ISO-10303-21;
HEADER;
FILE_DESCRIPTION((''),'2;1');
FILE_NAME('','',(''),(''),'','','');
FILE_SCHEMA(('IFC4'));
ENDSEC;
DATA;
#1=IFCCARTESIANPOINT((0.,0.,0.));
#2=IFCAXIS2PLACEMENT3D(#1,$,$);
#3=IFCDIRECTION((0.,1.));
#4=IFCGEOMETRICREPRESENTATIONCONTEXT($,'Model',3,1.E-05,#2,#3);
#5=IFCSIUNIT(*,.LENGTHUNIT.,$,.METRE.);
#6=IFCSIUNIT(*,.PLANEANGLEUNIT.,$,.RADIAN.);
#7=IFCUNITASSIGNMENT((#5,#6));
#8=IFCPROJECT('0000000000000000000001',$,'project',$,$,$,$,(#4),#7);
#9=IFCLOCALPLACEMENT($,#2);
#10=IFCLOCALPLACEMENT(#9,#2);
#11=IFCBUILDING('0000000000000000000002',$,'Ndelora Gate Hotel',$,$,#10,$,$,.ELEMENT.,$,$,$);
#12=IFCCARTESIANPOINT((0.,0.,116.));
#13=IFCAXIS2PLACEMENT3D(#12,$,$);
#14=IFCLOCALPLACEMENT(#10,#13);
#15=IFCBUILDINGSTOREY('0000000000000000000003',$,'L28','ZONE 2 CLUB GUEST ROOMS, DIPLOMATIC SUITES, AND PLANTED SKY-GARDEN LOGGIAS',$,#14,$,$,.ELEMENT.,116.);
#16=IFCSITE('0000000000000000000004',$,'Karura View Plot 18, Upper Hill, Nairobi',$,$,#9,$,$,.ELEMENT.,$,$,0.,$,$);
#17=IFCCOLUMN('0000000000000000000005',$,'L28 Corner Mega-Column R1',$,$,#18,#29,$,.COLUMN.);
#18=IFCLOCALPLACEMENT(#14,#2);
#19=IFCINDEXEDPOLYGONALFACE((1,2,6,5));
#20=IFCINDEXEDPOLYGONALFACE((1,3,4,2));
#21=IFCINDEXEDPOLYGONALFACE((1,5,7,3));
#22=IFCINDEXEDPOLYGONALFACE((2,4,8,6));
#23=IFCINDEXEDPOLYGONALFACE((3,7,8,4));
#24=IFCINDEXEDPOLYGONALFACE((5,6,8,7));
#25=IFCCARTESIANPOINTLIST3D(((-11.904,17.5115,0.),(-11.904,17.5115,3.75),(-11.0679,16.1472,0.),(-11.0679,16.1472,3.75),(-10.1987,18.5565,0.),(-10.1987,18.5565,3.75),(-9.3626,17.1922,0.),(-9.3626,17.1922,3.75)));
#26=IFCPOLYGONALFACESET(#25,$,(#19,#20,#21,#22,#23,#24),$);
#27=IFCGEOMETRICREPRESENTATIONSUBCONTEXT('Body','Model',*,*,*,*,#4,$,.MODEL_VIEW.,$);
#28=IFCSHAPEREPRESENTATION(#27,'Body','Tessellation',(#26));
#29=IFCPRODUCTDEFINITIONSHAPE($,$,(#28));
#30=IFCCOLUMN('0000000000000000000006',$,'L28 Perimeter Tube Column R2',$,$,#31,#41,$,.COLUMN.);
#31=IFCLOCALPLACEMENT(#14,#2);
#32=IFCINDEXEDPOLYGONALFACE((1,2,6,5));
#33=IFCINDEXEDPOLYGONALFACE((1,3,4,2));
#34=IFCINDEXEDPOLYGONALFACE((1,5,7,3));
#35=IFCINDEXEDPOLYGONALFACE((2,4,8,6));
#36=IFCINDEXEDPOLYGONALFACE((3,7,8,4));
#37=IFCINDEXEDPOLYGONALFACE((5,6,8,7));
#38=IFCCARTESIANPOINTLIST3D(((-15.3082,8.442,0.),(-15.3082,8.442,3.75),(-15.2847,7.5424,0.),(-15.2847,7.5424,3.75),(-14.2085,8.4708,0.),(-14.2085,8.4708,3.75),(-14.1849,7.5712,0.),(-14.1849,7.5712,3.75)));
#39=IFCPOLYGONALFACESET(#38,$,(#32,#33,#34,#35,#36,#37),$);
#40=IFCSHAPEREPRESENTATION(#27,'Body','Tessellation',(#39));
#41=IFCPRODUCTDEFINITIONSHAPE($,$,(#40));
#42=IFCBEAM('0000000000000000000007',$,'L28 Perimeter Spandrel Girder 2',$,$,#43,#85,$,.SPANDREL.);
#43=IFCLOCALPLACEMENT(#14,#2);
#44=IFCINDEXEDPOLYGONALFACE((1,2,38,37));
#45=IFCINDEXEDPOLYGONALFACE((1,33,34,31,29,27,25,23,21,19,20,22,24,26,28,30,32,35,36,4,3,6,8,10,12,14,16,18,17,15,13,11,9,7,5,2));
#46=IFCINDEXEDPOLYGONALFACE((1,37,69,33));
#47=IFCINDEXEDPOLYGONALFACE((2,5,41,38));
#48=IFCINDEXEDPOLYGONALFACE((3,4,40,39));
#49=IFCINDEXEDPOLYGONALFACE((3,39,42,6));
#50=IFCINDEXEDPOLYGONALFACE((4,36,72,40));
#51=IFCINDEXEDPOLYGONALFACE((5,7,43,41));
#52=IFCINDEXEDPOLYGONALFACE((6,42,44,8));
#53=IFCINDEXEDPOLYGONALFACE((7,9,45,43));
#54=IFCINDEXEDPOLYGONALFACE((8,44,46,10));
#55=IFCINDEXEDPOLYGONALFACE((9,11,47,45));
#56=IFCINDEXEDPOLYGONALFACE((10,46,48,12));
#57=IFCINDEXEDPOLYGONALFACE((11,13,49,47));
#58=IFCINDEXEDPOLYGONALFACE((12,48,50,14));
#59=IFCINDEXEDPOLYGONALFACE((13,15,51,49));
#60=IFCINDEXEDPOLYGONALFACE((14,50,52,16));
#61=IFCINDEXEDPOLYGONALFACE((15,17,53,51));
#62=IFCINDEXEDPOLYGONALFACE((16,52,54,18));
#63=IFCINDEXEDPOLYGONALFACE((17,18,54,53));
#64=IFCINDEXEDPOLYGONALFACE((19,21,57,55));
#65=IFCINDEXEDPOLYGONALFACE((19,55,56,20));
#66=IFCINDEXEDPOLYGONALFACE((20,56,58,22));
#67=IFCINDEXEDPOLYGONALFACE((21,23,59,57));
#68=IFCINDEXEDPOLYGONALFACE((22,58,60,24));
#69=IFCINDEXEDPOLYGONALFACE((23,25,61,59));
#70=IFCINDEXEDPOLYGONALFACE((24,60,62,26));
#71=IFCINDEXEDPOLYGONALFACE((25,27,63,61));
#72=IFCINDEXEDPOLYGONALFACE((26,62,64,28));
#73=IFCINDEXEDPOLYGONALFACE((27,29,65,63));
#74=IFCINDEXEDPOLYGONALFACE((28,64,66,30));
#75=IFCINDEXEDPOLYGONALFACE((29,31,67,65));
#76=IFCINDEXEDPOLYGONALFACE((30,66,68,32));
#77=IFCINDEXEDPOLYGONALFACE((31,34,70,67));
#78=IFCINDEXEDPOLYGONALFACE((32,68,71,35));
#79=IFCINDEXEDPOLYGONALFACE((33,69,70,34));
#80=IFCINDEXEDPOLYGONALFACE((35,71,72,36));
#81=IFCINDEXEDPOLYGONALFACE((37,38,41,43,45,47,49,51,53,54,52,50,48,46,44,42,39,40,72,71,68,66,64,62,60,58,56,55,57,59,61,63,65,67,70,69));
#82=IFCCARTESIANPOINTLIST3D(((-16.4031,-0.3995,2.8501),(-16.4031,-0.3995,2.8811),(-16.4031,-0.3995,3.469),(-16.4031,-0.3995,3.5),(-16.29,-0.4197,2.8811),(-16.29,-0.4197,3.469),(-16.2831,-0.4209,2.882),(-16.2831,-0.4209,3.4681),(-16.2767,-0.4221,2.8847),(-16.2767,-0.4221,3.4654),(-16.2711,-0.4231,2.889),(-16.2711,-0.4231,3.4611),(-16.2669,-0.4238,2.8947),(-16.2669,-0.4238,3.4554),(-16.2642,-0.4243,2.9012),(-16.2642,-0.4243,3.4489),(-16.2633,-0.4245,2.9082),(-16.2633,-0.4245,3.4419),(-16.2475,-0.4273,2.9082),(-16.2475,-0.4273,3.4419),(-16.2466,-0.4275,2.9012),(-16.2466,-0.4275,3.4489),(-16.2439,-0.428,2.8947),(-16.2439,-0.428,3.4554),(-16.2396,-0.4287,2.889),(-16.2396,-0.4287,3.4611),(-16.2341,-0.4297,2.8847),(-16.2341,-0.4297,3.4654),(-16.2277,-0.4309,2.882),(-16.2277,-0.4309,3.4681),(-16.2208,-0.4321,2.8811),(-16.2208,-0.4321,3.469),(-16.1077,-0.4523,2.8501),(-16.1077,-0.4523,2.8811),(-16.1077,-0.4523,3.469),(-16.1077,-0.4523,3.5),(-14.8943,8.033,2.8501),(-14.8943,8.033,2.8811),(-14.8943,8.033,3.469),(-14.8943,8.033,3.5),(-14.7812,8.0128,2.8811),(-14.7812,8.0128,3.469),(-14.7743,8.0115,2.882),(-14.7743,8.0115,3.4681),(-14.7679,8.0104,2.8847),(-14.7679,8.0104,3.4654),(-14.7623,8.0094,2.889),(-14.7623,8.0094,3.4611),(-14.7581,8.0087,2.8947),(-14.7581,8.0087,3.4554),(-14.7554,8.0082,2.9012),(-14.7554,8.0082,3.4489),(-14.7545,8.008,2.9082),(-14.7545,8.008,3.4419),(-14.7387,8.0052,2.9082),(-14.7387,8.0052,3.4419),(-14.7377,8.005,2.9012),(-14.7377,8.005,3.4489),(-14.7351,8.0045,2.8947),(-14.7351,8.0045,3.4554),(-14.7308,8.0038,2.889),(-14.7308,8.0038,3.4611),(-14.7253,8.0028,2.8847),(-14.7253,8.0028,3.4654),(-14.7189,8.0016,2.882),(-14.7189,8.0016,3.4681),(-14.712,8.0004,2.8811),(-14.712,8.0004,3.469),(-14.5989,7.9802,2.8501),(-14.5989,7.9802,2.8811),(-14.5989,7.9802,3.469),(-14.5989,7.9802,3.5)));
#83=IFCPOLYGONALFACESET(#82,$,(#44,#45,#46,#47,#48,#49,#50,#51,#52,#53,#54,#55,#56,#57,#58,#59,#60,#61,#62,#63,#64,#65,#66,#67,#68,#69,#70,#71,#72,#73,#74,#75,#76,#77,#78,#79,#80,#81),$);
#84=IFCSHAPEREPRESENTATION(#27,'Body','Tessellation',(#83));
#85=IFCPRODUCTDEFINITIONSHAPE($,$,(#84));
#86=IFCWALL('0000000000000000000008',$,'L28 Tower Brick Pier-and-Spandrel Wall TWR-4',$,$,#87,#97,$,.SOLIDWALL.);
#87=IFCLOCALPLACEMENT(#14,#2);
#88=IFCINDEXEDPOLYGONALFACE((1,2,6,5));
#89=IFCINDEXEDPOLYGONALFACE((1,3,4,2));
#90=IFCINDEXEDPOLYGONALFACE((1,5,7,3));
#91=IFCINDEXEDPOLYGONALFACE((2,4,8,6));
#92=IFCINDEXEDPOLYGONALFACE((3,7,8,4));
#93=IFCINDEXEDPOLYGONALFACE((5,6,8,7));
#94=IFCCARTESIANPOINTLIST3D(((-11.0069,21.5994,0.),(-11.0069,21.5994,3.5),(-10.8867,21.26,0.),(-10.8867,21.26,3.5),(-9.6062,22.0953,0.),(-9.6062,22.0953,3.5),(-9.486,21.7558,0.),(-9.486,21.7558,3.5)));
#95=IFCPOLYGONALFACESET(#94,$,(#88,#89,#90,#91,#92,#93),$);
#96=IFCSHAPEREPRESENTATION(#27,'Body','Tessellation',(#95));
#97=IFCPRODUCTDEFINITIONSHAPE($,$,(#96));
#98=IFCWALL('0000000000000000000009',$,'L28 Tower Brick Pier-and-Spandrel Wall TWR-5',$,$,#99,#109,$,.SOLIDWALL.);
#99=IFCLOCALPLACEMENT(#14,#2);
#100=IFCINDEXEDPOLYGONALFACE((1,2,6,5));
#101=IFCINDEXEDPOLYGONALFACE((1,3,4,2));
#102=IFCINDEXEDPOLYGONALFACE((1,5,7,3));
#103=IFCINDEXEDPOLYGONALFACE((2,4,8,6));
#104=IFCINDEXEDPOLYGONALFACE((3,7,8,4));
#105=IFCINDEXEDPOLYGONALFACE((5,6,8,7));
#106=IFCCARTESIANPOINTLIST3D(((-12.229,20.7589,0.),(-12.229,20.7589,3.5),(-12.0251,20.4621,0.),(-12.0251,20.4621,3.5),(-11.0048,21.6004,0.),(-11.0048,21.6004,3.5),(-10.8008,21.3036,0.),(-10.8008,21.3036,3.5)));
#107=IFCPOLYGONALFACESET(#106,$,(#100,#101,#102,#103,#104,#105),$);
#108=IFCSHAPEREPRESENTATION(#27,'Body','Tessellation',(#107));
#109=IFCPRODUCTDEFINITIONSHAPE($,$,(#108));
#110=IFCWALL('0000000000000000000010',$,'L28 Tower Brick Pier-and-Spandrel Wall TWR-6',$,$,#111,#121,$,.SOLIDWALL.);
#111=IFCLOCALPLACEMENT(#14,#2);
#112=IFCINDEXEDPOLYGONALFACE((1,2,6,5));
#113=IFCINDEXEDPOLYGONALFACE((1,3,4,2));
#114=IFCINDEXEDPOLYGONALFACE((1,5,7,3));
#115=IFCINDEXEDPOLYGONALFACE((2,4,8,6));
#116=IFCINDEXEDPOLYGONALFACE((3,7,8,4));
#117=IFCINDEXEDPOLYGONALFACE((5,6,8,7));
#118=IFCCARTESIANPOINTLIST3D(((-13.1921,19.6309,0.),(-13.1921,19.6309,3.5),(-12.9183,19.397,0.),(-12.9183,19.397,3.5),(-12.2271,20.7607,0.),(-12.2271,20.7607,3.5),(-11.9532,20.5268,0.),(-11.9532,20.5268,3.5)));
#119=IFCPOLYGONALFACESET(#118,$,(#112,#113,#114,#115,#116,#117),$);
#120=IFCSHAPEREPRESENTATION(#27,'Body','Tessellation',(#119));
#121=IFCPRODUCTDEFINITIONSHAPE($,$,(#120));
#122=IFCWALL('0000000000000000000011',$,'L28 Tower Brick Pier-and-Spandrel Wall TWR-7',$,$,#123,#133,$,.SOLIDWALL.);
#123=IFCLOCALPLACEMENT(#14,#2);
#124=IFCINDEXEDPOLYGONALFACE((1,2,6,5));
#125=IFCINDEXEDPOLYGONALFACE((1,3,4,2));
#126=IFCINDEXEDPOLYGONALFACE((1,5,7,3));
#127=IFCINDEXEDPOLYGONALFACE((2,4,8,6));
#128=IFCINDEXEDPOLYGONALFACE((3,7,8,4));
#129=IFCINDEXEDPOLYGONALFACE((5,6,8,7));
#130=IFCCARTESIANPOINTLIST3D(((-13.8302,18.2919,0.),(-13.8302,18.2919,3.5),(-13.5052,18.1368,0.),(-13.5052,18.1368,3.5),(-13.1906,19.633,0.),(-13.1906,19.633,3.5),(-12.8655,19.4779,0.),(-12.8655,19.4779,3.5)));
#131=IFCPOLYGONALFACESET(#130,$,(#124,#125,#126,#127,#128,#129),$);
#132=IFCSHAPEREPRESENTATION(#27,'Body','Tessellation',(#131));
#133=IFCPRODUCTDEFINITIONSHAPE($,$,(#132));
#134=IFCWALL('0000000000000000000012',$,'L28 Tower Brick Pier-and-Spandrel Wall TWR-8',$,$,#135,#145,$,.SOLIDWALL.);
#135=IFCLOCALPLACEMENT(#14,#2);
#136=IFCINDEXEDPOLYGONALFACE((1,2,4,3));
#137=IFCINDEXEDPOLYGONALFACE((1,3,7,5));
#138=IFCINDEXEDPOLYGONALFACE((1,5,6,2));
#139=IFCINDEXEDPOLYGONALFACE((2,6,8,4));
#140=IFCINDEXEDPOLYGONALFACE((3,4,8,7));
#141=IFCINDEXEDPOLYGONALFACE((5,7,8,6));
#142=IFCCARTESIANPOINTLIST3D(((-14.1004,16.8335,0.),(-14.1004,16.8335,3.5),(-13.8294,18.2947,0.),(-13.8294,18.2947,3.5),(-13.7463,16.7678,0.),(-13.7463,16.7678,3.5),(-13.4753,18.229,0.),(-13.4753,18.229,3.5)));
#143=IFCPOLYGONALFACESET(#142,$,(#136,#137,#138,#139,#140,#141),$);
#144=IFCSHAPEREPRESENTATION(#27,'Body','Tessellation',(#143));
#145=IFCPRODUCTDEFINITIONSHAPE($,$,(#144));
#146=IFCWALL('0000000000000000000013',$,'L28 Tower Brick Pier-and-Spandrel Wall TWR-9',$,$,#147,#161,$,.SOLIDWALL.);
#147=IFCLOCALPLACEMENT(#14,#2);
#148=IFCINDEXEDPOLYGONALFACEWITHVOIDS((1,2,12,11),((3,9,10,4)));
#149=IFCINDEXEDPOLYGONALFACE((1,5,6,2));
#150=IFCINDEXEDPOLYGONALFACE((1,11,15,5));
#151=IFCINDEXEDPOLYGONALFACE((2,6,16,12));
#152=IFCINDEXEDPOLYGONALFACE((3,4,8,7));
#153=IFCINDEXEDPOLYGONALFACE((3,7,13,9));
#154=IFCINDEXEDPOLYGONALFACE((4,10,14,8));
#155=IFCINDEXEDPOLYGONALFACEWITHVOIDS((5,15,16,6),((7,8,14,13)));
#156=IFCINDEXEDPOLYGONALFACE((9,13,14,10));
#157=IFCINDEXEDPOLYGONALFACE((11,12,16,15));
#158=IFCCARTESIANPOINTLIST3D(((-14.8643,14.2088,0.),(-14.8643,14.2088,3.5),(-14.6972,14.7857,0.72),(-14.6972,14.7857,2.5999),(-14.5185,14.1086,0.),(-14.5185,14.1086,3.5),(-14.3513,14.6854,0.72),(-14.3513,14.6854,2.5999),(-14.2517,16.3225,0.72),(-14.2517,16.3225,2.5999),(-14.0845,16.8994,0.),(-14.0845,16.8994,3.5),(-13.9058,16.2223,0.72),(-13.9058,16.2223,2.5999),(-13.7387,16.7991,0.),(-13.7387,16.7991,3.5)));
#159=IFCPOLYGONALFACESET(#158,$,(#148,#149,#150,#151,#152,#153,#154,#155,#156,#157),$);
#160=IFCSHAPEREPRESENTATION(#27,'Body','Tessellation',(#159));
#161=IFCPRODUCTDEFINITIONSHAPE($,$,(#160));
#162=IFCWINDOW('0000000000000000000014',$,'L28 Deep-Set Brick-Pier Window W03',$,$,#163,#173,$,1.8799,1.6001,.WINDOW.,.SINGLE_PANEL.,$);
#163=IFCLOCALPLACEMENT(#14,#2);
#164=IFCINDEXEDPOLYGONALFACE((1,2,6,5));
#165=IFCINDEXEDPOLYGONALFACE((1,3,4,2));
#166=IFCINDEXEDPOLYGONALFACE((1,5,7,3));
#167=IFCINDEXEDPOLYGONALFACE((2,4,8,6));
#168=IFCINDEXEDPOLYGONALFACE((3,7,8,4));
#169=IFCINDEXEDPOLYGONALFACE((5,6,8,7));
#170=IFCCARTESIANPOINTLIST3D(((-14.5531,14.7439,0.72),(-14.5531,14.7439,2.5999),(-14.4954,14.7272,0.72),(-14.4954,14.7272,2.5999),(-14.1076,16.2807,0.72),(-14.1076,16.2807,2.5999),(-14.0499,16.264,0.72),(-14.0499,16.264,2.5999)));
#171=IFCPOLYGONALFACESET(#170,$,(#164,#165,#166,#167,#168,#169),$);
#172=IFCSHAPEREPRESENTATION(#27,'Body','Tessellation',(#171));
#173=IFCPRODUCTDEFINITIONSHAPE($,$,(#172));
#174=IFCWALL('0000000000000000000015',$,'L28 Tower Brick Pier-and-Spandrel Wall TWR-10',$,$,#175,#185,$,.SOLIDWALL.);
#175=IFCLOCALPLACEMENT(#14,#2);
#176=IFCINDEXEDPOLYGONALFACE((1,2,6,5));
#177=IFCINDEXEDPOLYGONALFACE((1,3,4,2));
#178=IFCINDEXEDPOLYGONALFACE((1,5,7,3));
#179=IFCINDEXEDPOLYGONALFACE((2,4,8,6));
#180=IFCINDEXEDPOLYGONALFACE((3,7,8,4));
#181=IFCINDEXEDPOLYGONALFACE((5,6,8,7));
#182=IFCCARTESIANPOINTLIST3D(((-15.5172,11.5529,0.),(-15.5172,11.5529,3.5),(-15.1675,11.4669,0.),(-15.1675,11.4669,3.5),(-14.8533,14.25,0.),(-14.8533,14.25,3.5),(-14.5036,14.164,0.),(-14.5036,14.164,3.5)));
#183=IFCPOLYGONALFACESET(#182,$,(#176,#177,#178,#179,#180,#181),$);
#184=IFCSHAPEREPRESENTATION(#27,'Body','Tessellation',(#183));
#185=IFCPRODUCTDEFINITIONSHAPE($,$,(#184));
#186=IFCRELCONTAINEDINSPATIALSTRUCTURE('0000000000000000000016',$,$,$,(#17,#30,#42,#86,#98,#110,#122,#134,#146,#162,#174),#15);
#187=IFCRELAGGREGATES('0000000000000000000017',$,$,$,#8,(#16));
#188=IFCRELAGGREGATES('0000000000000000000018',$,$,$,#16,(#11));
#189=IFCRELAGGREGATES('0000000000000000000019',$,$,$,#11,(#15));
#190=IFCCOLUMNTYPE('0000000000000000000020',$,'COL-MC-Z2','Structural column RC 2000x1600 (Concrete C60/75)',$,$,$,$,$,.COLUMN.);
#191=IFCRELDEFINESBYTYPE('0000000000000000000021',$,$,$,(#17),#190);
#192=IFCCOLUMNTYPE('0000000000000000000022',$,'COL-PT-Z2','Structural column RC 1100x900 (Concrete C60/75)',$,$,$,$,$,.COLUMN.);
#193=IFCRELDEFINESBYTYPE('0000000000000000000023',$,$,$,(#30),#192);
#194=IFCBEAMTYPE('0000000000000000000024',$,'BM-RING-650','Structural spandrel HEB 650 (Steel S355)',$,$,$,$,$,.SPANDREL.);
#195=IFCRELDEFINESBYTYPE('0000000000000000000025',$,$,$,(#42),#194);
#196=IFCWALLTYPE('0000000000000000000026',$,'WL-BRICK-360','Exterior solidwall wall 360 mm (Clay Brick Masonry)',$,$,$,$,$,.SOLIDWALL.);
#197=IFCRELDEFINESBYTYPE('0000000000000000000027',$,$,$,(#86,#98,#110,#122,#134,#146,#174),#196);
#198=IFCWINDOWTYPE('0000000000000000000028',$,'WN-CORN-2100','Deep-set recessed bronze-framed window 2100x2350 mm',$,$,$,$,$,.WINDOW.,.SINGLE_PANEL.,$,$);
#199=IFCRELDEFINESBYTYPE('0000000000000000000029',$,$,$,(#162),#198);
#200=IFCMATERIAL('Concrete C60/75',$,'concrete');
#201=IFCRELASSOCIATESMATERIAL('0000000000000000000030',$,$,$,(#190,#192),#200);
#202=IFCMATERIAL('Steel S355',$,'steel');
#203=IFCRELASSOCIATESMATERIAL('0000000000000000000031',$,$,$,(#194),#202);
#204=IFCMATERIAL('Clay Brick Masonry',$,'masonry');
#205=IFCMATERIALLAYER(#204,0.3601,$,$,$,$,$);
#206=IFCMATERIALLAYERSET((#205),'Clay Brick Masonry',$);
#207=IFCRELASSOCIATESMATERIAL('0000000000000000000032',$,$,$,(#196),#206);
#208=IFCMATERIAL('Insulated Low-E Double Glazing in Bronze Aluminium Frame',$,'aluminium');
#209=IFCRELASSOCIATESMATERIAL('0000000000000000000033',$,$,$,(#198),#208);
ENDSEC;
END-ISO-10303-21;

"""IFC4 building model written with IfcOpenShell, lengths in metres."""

from ifc_helpers import new_model, si_unit, direction, frame, frame_2d, origin, origin_2d, place, context, subcontext, project, spatial, rectangle, i_section, extrude, material, layer, layer_set, material_profile, profile_set, type_object, element, fill, save


model = new_model("IFC4")

# Units and contexts
model_context = context("Model", 3, precision=1e-05, world=origin(), true_north=direction((0.0, 1.0)))
body_context = subcontext(model_context, "Body", "Model", "MODEL_VIEW")
ifc_project = project(units=[si_unit("LENGTHUNIT", "METRE"), si_unit("PLANEANGLEUNIT", "RADIAN")], contexts=[model_context])

# Site, building, storey
site_placement = place(None, origin())
site = spatial("IfcSite", under=ifc_project, at=site_placement, Name="Karura View Plot 18, Upper Hill, Nairobi", CompositionType="ELEMENT", RefElevation=0.0)
building_placement = place(site_placement, origin())
building = spatial("IfcBuilding", under=site, at=building_placement, Name="Ndelora Gate Hotel", CompositionType="ELEMENT")
storey_placement = place(building_placement, frame((0.0, 0.0, 116.0)))
storey = spatial("IfcBuildingStorey", under=building, at=storey_placement, Name="L28", Description="ZONE 2 CLUB GUEST ROOMS, DIPLOMATIC SUITES, AND PLANTED SKY-GARDEN LOGGIAS", CompositionType="ELEMENT", Elevation=116.0)

# Columns
ifc_material_1 = material(Name="Concrete C60/75", Category="concrete")
ifc_material_profile_1 = material_profile(ifc_material_1, rectangle(XDim=1.6001, YDim=2.0, at=origin_2d()), Name="RC 2000x1600")
ifc_profile_set_1 = profile_set([ifc_material_profile_1], Name="Concrete C60/75")
column_type_1 = type_object("IfcColumnType", Name="COL-MC-Z2", Description="Structural column RC 2000x1600 (Concrete C60/75)", PredefinedType="COLUMN", material=ifc_profile_set_1)
column_1_placement = place(storey_placement, frame((-10.6333, 17.3518, 0.0), z_axis=(0.0, 0.0, 1.0), x_axis=(-0.522499, 0.85264, 0.0)))
element("IfcColumn", 1, at=column_1_placement, inside=storey, type_object=column_type_1, Name="L28 Corner Mega-Column R1", PredefinedType="COLUMN", context=body_context, shape_type="SweptSolid", body=[
    extrude(rectangle(XDim=1.6001, YDim=2.0, at=origin_2d()), origin(), (0.0, 0.0, 1.0), 3.75),
])
ifc_material_profile_2 = material_profile(ifc_material_1, rectangle(XDim=0.8999, YDim=1.1001, at=origin_2d()), Name="RC 1100x900")
ifc_profile_set_2 = profile_set([ifc_material_profile_2], Name="Concrete C60/75")
column_type_2 = type_object("IfcColumnType", Name="COL-PT-Z2", Description="Structural column RC 1100x900 (Concrete C60/75)", PredefinedType="COLUMN", material=ifc_profile_set_2)
column_2_placement = place(storey_placement, frame((-14.7466, 8.0066, 0.0), z_axis=(0.0, 0.0, 1.0), x_axis=(-0.026177, 0.999657, 0.0)))
element("IfcColumn", 2, at=column_2_placement, inside=storey, type_object=column_type_2, Name="L28 Perimeter Tube Column R2", PredefinedType="COLUMN", context=body_context, shape_type="SweptSolid", body=[
    extrude(rectangle(XDim=0.8999, YDim=1.1001, at=origin_2d()), origin(), (0.0, 0.0, 1.0), 3.75),
])

# Beam
ifc_material_2 = material(Name="Steel S355", Category="steel")
ifc_material_profile_3 = material_profile(ifc_material_2, i_section(OverallWidth=0.3, OverallDepth=0.6499, WebThickness=0.0161, FlangeThickness=0.031, FilletRadius=0.0271, at=origin_2d()), Name="HEB 650")
ifc_profile_set_3 = profile_set([ifc_material_profile_3], Name="Steel S355")
beam_type = type_object("IfcBeamType", Name="BM-RING-650", Description="Structural spandrel HEB 650 (Steel S355)", PredefinedType="SPANDREL", material=ifc_profile_set_3)
beam_placement = place(storey_placement, frame((-14.7466, 8.0066, 3.175), z_axis=(-0.176131, -0.984367, 0.0), x_axis=(0.984367, -0.176131, 0.0)))
element("IfcBeam", 3, at=beam_placement, inside=storey, type_object=beam_type, Name="L28 Perimeter Spandrel Girder 2", PredefinedType="SPANDREL", context=body_context, shape_type="SweptSolid", body=[
    extrude(i_section(OverallWidth=0.3, OverallDepth=0.6499, WebThickness=0.0161, FlangeThickness=0.031, FilletRadius=0.0271, at=origin_2d()), origin(), (0.0, 0.0, 1.0), 8.5664),
])

# Walls
ifc_material_3 = material(Name="Clay Brick Masonry", Category="masonry")
ifc_layer_1 = layer(ifc_material_3, 0.3601)
ifc_layer_set_1 = layer_set([ifc_layer_1], Name="Clay Brick Masonry")
wall_type_1 = type_object("IfcWallType", Name="WL-BRICK-360", Description="Exterior solidwall wall 360 mm (Clay Brick Masonry)", PredefinedType="SOLIDWALL", material=ifc_layer_set_1)
wall_1_placement = place(storey_placement, frame((-10.9468, 21.4297, 0.0), z_axis=(0.0, 0.0, 1.0), x_axis=(0.942671, 0.333722, 0.0)))
element("IfcWall", 4, at=wall_1_placement, inside=storey, type_object=wall_type_1, Name="L28 Tower Brick Pier-and-Spandrel Wall TWR-4", PredefinedType="SOLIDWALL", context=body_context, shape_type="SweptSolid", body=[
    extrude(rectangle(XDim=1.4858, YDim=0.3601, at=frame_2d((0.7429, 0.0))), origin(), (0.0, 0.0, 1.0), 3.5),
])
wall_2_placement = place(storey_placement, frame((-12.127, 20.6106, 0.0), z_axis=(0.0, 0.0, 1.0), x_axis=(0.824104, 0.566438, 0.0)))
element("IfcWall", 5, at=wall_2_placement, inside=storey, type_object=wall_type_1, Name="L28 Tower Brick Pier-and-Spandrel Wall TWR-5", PredefinedType="SOLIDWALL", context=body_context, shape_type="SweptSolid", body=[
    extrude(rectangle(XDim=1.4856, YDim=0.3601, at=frame_2d((0.7427, 0.0))), origin(), (0.0, 0.0, 1.0), 3.5),
])
for number, where, z_axis, x_axis, name in (
    (6, (-13.0552, 19.5139, 0.0), (0.0, 0.0, 1.0), (0.649478, 0.76038, 0.0), "L28 Tower Brick Pier-and-Spandrel Wall TWR-6"),
    (7, (-13.6677, 18.2144, 0.0), (0.0, 0.0, 1.0), (0.430508, 0.902587, 0.0), "L28 Tower Brick Pier-and-Spandrel Wall TWR-7"),
):
    element("IfcWall", number, at=place(storey_placement, frame(where, z_axis=z_axis, x_axis=x_axis)), inside=storey, type_object=wall_type_1, Name=name, PredefinedType="SOLIDWALL", context=body_context, shape_type="SweptSolid", body=[
        extrude(rectangle(XDim=1.4858, YDim=0.3601, at=frame_2d((0.7429, 0.0))), origin(), (0.0, 0.0, 1.0), 3.5),
    ])
wall_3_placement = place(storey_placement, frame((-13.9233, 16.8005, 0.0), z_axis=(0.0, 0.0, 1.0), x_axis=(0.182354, 0.983233, 0.0)))
element("IfcWall", 8, at=wall_3_placement, inside=storey, type_object=wall_type_1, Name="L28 Tower Brick Pier-and-Spandrel Wall TWR-8", PredefinedType="SOLIDWALL", context=body_context, shape_type="SweptSolid", body=[
    extrude(rectangle(XDim=1.4861, YDim=0.3601, at=frame_2d((0.7432, 0.0))), origin(), (0.0, 0.0, 1.0), 3.5),
])

# Wall, opening, window
wall_4_placement = place(storey_placement, frame((-14.6914, 14.1587, 0.0), z_axis=(0.0, 0.0, 1.0), x_axis=(0.27838, 0.960471, 0.0)))
wall_4 = element("IfcWall", 9, at=wall_4_placement, inside=storey, type_object=wall_type_1, Name="L28 Tower Brick Pier-and-Spandrel Wall TWR-9", PredefinedType="SOLIDWALL", context=body_context, shape_type="SweptSolid", body=[
    extrude(rectangle(XDim=2.8013, YDim=0.3601, at=frame_2d((1.4006, 0.0))), origin(), (0.0, 0.0, 1.0), 3.5),
])
opening_1_placement = place(wall_4_placement, frame((0.6006, 0.0, 0.72)))
opening_1 = element("IfcOpeningElement", 10, at=opening_1_placement, cuts=wall_4, PredefinedType="OPENING", context=body_context, shape_type="SweptSolid", body=[
    extrude(rectangle(XDim=1.6001, YDim=1.8799, at=frame_2d((0.8, 0.9399))), frame((0.0, 0.1899, 0.0), z_axis=(0.0, -1.0, 0.0), x_axis=(1.0, 0.0, 0.0)), (0.0, 0.0, 1.0), 0.3801),
])
ifc_material_4 = material(Name="Insulated Low-E Double Glazing in Bronze Aluminium Frame", Category="aluminium")
window_type_1 = type_object("IfcWindowType", Name="WN-CORN-2100", Description="Deep-set recessed bronze-framed window 2100x2350 mm", PartitioningType="SINGLE_PANEL", PredefinedType="WINDOW", material=ifc_material_4)
window_1_placement = place(opening_1_placement, origin())
window_1 = element("IfcWindow", 11, at=window_1_placement, inside=storey, type_object=window_type_1, Name="L28 Deep-Set Brick-Pier Window W03", OverallHeight=1.8799, OverallWidth=1.6001, PartitioningType="SINGLE_PANEL", PredefinedType="WINDOW", context=body_context, shape_type="SweptSolid", body=[
    extrude(rectangle(XDim=1.6001, YDim=1.8799, at=frame_2d((0.8, 0.9399))), frame((0.0, 0.03, 0.0), z_axis=(0.0, -1.0, 0.0), x_axis=(1.0, 0.0, 0.0)), (0.0, 0.0, 1.0), 0.0601),
])
fill(opening_1, window_1)

# Wall
wall_5_placement = place(storey_placement, frame((-15.3423, 11.51, 0.0), z_axis=(0.0, 0.0, 1.0), x_axis=(0.238997, 0.97102, 0.0)))
element("IfcWall", 12, at=wall_5_placement, inside=storey, type_object=wall_type_1, Name="L28 Tower Brick Pier-and-Spandrel Wall TWR-10", PredefinedType="SOLIDWALL", context=body_context, shape_type="SweptSolid", body=[
    extrude(rectangle(XDim=2.7776, YDim=0.3601, at=frame_2d((1.3887, 0.0))), origin(), (0.0, 0.0, 1.0), 3.5),
])

save(model, "model.ifc")
